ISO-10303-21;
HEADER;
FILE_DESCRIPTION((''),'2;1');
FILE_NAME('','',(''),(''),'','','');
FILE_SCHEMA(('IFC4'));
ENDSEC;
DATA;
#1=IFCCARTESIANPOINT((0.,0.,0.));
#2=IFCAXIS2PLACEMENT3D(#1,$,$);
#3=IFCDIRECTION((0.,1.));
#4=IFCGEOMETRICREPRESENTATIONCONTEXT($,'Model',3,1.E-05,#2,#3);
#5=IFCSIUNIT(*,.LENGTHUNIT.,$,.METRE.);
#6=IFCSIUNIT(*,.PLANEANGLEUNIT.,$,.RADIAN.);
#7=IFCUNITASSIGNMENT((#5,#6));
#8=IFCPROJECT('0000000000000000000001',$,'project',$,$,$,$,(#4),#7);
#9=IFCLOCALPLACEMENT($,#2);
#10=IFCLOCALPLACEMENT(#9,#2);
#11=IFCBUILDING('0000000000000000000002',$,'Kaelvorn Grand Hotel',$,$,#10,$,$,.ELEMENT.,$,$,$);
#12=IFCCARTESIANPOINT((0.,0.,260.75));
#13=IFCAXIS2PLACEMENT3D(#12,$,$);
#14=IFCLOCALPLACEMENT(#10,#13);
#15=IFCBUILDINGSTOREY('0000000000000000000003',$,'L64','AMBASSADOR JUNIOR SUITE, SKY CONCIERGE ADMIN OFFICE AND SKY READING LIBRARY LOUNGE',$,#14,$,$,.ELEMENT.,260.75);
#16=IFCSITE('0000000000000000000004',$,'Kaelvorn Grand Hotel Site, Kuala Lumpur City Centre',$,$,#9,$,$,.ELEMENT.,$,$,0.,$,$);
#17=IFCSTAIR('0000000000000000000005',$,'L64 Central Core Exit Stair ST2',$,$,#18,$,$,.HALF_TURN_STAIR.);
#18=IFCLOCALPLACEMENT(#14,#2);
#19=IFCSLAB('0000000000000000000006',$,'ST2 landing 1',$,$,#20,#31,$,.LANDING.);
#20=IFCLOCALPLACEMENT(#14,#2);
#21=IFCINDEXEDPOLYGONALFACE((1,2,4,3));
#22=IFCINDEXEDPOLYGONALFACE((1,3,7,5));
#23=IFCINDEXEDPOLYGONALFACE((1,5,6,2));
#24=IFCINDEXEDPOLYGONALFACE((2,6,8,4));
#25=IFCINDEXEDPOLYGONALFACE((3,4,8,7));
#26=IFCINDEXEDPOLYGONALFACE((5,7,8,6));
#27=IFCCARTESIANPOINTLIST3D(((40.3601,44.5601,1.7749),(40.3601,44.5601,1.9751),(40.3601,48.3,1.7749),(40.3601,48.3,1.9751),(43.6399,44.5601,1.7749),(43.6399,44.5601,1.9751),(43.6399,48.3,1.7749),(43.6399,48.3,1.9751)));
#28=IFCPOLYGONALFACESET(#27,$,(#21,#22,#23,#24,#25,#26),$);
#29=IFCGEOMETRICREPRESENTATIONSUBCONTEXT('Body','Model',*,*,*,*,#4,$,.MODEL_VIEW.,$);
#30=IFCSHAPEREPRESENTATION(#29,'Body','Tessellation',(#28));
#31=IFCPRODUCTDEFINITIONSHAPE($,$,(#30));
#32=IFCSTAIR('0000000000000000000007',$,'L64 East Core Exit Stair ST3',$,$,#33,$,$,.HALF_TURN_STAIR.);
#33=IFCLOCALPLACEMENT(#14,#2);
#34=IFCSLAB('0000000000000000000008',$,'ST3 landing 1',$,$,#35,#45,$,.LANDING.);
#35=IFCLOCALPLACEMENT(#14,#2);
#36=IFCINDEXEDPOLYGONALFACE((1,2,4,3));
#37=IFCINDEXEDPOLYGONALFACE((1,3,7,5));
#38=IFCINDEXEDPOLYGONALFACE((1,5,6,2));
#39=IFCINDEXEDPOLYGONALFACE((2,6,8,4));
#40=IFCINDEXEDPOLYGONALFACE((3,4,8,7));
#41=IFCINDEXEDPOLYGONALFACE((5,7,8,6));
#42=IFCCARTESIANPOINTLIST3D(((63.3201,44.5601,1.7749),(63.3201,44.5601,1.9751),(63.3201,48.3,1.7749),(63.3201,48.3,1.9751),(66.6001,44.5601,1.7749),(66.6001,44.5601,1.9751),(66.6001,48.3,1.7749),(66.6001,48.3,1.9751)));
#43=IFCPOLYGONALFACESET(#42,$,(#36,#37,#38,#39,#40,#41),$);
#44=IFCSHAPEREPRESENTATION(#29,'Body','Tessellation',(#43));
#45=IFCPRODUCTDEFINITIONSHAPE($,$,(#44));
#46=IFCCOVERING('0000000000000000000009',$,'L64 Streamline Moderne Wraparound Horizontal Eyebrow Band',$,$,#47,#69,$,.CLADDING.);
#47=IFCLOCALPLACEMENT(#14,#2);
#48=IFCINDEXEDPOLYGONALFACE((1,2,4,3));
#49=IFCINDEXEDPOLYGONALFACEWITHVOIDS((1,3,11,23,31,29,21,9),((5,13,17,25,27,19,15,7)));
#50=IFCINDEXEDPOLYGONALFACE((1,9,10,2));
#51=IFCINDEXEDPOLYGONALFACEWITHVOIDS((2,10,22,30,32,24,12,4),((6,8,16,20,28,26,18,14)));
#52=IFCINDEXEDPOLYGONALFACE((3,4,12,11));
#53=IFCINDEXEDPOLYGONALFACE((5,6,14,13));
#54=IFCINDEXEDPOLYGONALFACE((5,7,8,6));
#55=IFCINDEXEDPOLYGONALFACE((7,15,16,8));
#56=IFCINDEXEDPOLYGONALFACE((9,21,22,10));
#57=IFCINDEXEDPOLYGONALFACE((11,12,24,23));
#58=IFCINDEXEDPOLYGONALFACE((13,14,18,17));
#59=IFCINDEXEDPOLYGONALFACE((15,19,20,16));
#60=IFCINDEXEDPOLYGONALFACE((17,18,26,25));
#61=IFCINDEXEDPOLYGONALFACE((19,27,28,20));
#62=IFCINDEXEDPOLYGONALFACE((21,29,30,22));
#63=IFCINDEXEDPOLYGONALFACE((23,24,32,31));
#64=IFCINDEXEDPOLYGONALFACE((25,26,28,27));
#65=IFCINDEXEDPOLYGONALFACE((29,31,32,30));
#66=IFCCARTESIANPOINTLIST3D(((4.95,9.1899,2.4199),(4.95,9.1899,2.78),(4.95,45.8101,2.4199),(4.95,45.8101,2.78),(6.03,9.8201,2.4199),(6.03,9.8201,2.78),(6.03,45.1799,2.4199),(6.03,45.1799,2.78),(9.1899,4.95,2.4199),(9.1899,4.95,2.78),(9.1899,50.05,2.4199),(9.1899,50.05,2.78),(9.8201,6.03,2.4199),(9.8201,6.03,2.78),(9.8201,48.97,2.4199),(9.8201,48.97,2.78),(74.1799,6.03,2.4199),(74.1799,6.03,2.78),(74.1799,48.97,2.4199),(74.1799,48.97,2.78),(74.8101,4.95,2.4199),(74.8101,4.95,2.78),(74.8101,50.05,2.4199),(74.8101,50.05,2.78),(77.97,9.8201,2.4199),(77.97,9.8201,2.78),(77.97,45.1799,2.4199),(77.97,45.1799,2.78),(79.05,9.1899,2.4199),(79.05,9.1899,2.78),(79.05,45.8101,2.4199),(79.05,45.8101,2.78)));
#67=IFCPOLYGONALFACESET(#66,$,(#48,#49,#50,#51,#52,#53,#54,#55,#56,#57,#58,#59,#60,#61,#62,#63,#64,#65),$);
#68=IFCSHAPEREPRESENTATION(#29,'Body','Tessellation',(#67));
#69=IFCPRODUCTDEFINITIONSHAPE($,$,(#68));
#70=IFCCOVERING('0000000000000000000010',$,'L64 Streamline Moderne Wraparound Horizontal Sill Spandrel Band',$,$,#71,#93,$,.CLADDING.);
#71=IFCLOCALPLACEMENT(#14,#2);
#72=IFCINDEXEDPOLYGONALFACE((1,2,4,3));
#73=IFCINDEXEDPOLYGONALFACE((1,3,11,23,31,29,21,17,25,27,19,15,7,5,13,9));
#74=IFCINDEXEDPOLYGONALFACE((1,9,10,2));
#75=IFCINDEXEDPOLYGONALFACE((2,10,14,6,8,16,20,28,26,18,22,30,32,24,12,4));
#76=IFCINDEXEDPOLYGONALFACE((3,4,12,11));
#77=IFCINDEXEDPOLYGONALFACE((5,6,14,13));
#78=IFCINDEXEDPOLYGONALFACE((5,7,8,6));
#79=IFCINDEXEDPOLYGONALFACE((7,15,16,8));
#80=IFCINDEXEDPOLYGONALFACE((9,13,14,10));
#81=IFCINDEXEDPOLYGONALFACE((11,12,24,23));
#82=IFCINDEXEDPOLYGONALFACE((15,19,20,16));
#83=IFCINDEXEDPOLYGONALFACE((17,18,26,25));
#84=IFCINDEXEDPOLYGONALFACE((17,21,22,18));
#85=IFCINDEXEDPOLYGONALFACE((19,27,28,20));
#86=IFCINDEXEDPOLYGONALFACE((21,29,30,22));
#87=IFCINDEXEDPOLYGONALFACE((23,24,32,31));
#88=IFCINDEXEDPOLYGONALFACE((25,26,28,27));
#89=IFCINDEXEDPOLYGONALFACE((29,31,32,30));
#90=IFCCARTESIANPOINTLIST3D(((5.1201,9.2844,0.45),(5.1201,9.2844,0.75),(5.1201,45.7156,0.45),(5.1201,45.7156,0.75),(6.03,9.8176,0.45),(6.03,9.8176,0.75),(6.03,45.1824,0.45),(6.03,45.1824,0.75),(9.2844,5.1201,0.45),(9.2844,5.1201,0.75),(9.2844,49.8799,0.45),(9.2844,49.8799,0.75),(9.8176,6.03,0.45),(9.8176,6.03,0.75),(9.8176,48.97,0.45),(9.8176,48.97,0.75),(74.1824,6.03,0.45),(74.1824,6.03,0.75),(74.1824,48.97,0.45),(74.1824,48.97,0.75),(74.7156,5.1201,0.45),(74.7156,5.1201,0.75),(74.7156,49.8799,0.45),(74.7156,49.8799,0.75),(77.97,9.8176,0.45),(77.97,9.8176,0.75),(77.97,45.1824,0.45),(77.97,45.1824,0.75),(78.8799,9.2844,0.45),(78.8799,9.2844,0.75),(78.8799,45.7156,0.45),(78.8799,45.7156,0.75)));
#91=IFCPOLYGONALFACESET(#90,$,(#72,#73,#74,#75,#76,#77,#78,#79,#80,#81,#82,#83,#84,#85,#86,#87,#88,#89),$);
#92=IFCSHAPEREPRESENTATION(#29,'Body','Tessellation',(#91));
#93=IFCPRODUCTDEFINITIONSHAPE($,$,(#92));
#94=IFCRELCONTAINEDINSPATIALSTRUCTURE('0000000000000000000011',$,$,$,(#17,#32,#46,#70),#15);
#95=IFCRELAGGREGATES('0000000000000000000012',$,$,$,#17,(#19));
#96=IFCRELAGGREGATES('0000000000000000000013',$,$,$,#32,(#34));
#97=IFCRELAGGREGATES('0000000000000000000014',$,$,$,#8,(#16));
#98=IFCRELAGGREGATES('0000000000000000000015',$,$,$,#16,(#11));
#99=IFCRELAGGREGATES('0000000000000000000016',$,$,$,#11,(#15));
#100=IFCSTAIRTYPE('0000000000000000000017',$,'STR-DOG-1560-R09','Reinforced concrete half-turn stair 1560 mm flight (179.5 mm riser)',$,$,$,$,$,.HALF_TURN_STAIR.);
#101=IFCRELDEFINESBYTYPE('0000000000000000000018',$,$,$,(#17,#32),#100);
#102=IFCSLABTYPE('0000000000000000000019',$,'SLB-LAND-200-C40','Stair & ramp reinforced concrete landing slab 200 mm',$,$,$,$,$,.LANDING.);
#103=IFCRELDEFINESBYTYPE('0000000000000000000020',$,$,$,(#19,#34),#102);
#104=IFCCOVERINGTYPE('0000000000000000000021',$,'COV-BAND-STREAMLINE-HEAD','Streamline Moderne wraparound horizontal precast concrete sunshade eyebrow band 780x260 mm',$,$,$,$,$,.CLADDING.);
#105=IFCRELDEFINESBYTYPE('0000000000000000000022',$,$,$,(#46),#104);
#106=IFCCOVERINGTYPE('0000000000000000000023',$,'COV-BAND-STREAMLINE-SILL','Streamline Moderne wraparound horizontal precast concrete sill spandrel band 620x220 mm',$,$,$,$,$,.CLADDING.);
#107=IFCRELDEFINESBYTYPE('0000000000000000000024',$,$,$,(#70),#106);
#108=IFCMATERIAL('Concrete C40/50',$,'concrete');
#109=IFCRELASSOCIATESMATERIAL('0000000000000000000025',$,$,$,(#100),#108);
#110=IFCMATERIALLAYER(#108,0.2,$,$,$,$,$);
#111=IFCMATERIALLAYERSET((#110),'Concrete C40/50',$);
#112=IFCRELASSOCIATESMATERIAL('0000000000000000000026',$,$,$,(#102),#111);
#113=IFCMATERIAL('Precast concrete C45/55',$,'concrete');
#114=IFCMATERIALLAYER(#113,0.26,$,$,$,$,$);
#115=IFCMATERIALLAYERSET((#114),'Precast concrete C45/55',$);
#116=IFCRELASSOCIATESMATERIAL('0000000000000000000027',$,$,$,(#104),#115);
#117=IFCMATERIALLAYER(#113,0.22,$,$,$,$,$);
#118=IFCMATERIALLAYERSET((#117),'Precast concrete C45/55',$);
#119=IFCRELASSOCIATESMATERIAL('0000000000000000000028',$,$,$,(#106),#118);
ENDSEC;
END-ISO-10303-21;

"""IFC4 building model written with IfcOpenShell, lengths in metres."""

from ifc_helpers import new_model, si_unit, direction, frame, origin, place, context, subcontext, project, spatial, polyline, outline, extrude, material, layer, layer_set, type_object, element, aggregate, save


model = new_model("IFC4")

# Units and contexts
model_context = context("Model", 3, precision=1e-05, world=origin(), true_north=direction((0.0, 1.0)))
body_context = subcontext(model_context, "Body", "Model", "MODEL_VIEW")
ifc_project = project(units=[si_unit("LENGTHUNIT", "METRE"), si_unit("PLANEANGLEUNIT", "RADIAN")], contexts=[model_context])

# Site, building, storey
site_placement = place(None, origin())
site = spatial("IfcSite", under=ifc_project, at=site_placement, Name="Kaelvorn Grand Hotel Site, Kuala Lumpur City Centre", CompositionType="ELEMENT", RefElevation=0.0)
building_placement = place(site_placement, origin())
building = spatial("IfcBuilding", under=site, at=building_placement, Name="Kaelvorn Grand Hotel", CompositionType="ELEMENT")
storey_placement = place(building_placement, frame((0.0, 0.0, 260.75)))
storey = spatial("IfcBuildingStorey", under=building, at=storey_placement, Name="L64", Description="AMBASSADOR JUNIOR SUITE, SKY CONCIERGE ADMIN OFFICE AND SKY READING LIBRARY LOUNGE", CompositionType="ELEMENT", Elevation=260.75)

# Shared definitions
ifc_material_1 = material(Name="Precast concrete C45/55", Category="concrete")

# Shared definitions
ifc_material_2 = material(Name="Concrete C40/50", Category="concrete")

# Stairs, slabs
stair_type = type_object("IfcStairType", Name="STR-DOG-1560-R09", Description="Reinforced concrete half-turn stair 1560 mm flight (179.5 mm riser)", PredefinedType="HALF_TURN_STAIR", material=ifc_material_2)
ifc_layer_1 = layer(ifc_material_2, 0.2)
ifc_layer_set_1 = layer_set([ifc_layer_1], Name="Concrete C40/50")
slab_type_1 = type_object("IfcSlabType", Name="SLB-LAND-200-C40", Description="Stair & ramp reinforced concrete landing slab 200 mm", PredefinedType="LANDING", material=ifc_layer_set_1)
stair_1_placement = place(storey_placement, origin())
stair_1 = element("IfcStair", 1, at=stair_1_placement, inside=storey, type_object=stair_type, Name="L64 Central Core Exit Stair ST2", PredefinedType="HALF_TURN_STAIR")
slab_1_placement = place(storey_placement, frame((0.0, 0.0, 1.7749)))
slab_1 = element("IfcSlab", 2, at=slab_1_placement, type_object=slab_type_1, Name="ST2 landing 1", PredefinedType="LANDING", context=body_context, shape_type="SweptSolid", body=[
    extrude(outline(polyline([(43.6399, 44.5601), (43.6399, 48.3), (40.3601, 48.3), (40.3601, 44.5601), (43.6399, 44.5601)])), origin(), (0.0, 0.0, 1.0), 0.2002),
])
aggregate(stair_1, [slab_1])
stair_2_placement = place(storey_placement, origin())
stair_2 = element("IfcStair", 3, at=stair_2_placement, inside=storey, type_object=stair_type, Name="L64 East Core Exit Stair ST3", PredefinedType="HALF_TURN_STAIR")
slab_2_placement = place(storey_placement, frame((0.0, 0.0, 1.7749)))
slab_2 = element("IfcSlab", 4, at=slab_2_placement, type_object=slab_type_1, Name="ST3 landing 1", PredefinedType="LANDING", context=body_context, shape_type="SweptSolid", body=[
    extrude(outline(polyline([(66.6001, 44.5601), (66.6001, 48.3), (63.3201, 48.3), (63.3201, 44.5601), (66.6001, 44.5601)])), origin(), (0.0, 0.0, 1.0), 0.2002),
])
aggregate(stair_2, [slab_2])

# Coverings
ifc_layer_2 = layer(ifc_material_1, 0.26)
ifc_layer_set_2 = layer_set([ifc_layer_2], Name="Precast concrete C45/55")
covering_type_1 = type_object("IfcCoveringType", Name="COV-BAND-STREAMLINE-HEAD", Description="Streamline Moderne wraparound horizontal precast concrete sunshade eyebrow band 780x260 mm", PredefinedType="CLADDING", material=ifc_layer_set_2)
covering_1_placement = place(storey_placement, frame((0.0, 0.0, 2.4199)))
element("IfcCovering", 5, at=covering_1_placement, inside=storey, type_object=covering_type_1, Name="L64 Streamline Moderne Wraparound Horizontal Eyebrow Band", PredefinedType="CLADDING", context=body_context, shape_type="SweptSolid", body=[
    extrude(outline(polyline([(9.1899, 4.95), (74.8101, 4.95), (79.05, 9.1899), (79.05, 45.8101), (74.8101, 50.05), (9.1899, 50.05), (4.95, 45.8101), (4.95, 9.1899), (9.1899, 4.95)]), holes=[polyline([(9.8201, 6.03), (74.1799, 6.03), (77.97, 9.8201), (77.97, 45.1799), (74.1799, 48.97), (9.8201, 48.97), (6.03, 45.1799), (6.03, 9.8201), (9.8201, 6.03)])]), origin(), (0.0, 0.0, 1.0), 0.3601),
])
ifc_layer_3 = layer(ifc_material_1, 0.22)
ifc_layer_set_3 = layer_set([ifc_layer_3], Name="Precast concrete C45/55")
covering_type_2 = type_object("IfcCoveringType", Name="COV-BAND-STREAMLINE-SILL", Description="Streamline Moderne wraparound horizontal precast concrete sill spandrel band 620x220 mm", PredefinedType="CLADDING", material=ifc_layer_set_3)
covering_2_placement = place(storey_placement, frame((0.0, 0.0, 0.45)))
element("IfcCovering", 6, at=covering_2_placement, inside=storey, type_object=covering_type_2, Name="L64 Streamline Moderne Wraparound Horizontal Sill Spandrel Band", PredefinedType="CLADDING", context=body_context, shape_type="SweptSolid", body=[
    extrude(outline(polyline([(74.7156, 5.1201), (78.8799, 9.2844), (78.8799, 45.7156), (74.7156, 49.8799), (9.2844, 49.8799), (5.1201, 45.7156), (5.1201, 9.2844), (9.2844, 5.1201), (9.8176, 6.03), (6.03, 9.8176), (6.03, 45.1824), (9.8176, 48.97), (74.1824, 48.97), (77.97, 45.1824), (77.97, 9.8176), (74.1824, 6.03), (74.7156, 5.1201)])), origin(), (0.0, 0.0, 1.0), 0.3),
])

save(model, "model.ifc")
